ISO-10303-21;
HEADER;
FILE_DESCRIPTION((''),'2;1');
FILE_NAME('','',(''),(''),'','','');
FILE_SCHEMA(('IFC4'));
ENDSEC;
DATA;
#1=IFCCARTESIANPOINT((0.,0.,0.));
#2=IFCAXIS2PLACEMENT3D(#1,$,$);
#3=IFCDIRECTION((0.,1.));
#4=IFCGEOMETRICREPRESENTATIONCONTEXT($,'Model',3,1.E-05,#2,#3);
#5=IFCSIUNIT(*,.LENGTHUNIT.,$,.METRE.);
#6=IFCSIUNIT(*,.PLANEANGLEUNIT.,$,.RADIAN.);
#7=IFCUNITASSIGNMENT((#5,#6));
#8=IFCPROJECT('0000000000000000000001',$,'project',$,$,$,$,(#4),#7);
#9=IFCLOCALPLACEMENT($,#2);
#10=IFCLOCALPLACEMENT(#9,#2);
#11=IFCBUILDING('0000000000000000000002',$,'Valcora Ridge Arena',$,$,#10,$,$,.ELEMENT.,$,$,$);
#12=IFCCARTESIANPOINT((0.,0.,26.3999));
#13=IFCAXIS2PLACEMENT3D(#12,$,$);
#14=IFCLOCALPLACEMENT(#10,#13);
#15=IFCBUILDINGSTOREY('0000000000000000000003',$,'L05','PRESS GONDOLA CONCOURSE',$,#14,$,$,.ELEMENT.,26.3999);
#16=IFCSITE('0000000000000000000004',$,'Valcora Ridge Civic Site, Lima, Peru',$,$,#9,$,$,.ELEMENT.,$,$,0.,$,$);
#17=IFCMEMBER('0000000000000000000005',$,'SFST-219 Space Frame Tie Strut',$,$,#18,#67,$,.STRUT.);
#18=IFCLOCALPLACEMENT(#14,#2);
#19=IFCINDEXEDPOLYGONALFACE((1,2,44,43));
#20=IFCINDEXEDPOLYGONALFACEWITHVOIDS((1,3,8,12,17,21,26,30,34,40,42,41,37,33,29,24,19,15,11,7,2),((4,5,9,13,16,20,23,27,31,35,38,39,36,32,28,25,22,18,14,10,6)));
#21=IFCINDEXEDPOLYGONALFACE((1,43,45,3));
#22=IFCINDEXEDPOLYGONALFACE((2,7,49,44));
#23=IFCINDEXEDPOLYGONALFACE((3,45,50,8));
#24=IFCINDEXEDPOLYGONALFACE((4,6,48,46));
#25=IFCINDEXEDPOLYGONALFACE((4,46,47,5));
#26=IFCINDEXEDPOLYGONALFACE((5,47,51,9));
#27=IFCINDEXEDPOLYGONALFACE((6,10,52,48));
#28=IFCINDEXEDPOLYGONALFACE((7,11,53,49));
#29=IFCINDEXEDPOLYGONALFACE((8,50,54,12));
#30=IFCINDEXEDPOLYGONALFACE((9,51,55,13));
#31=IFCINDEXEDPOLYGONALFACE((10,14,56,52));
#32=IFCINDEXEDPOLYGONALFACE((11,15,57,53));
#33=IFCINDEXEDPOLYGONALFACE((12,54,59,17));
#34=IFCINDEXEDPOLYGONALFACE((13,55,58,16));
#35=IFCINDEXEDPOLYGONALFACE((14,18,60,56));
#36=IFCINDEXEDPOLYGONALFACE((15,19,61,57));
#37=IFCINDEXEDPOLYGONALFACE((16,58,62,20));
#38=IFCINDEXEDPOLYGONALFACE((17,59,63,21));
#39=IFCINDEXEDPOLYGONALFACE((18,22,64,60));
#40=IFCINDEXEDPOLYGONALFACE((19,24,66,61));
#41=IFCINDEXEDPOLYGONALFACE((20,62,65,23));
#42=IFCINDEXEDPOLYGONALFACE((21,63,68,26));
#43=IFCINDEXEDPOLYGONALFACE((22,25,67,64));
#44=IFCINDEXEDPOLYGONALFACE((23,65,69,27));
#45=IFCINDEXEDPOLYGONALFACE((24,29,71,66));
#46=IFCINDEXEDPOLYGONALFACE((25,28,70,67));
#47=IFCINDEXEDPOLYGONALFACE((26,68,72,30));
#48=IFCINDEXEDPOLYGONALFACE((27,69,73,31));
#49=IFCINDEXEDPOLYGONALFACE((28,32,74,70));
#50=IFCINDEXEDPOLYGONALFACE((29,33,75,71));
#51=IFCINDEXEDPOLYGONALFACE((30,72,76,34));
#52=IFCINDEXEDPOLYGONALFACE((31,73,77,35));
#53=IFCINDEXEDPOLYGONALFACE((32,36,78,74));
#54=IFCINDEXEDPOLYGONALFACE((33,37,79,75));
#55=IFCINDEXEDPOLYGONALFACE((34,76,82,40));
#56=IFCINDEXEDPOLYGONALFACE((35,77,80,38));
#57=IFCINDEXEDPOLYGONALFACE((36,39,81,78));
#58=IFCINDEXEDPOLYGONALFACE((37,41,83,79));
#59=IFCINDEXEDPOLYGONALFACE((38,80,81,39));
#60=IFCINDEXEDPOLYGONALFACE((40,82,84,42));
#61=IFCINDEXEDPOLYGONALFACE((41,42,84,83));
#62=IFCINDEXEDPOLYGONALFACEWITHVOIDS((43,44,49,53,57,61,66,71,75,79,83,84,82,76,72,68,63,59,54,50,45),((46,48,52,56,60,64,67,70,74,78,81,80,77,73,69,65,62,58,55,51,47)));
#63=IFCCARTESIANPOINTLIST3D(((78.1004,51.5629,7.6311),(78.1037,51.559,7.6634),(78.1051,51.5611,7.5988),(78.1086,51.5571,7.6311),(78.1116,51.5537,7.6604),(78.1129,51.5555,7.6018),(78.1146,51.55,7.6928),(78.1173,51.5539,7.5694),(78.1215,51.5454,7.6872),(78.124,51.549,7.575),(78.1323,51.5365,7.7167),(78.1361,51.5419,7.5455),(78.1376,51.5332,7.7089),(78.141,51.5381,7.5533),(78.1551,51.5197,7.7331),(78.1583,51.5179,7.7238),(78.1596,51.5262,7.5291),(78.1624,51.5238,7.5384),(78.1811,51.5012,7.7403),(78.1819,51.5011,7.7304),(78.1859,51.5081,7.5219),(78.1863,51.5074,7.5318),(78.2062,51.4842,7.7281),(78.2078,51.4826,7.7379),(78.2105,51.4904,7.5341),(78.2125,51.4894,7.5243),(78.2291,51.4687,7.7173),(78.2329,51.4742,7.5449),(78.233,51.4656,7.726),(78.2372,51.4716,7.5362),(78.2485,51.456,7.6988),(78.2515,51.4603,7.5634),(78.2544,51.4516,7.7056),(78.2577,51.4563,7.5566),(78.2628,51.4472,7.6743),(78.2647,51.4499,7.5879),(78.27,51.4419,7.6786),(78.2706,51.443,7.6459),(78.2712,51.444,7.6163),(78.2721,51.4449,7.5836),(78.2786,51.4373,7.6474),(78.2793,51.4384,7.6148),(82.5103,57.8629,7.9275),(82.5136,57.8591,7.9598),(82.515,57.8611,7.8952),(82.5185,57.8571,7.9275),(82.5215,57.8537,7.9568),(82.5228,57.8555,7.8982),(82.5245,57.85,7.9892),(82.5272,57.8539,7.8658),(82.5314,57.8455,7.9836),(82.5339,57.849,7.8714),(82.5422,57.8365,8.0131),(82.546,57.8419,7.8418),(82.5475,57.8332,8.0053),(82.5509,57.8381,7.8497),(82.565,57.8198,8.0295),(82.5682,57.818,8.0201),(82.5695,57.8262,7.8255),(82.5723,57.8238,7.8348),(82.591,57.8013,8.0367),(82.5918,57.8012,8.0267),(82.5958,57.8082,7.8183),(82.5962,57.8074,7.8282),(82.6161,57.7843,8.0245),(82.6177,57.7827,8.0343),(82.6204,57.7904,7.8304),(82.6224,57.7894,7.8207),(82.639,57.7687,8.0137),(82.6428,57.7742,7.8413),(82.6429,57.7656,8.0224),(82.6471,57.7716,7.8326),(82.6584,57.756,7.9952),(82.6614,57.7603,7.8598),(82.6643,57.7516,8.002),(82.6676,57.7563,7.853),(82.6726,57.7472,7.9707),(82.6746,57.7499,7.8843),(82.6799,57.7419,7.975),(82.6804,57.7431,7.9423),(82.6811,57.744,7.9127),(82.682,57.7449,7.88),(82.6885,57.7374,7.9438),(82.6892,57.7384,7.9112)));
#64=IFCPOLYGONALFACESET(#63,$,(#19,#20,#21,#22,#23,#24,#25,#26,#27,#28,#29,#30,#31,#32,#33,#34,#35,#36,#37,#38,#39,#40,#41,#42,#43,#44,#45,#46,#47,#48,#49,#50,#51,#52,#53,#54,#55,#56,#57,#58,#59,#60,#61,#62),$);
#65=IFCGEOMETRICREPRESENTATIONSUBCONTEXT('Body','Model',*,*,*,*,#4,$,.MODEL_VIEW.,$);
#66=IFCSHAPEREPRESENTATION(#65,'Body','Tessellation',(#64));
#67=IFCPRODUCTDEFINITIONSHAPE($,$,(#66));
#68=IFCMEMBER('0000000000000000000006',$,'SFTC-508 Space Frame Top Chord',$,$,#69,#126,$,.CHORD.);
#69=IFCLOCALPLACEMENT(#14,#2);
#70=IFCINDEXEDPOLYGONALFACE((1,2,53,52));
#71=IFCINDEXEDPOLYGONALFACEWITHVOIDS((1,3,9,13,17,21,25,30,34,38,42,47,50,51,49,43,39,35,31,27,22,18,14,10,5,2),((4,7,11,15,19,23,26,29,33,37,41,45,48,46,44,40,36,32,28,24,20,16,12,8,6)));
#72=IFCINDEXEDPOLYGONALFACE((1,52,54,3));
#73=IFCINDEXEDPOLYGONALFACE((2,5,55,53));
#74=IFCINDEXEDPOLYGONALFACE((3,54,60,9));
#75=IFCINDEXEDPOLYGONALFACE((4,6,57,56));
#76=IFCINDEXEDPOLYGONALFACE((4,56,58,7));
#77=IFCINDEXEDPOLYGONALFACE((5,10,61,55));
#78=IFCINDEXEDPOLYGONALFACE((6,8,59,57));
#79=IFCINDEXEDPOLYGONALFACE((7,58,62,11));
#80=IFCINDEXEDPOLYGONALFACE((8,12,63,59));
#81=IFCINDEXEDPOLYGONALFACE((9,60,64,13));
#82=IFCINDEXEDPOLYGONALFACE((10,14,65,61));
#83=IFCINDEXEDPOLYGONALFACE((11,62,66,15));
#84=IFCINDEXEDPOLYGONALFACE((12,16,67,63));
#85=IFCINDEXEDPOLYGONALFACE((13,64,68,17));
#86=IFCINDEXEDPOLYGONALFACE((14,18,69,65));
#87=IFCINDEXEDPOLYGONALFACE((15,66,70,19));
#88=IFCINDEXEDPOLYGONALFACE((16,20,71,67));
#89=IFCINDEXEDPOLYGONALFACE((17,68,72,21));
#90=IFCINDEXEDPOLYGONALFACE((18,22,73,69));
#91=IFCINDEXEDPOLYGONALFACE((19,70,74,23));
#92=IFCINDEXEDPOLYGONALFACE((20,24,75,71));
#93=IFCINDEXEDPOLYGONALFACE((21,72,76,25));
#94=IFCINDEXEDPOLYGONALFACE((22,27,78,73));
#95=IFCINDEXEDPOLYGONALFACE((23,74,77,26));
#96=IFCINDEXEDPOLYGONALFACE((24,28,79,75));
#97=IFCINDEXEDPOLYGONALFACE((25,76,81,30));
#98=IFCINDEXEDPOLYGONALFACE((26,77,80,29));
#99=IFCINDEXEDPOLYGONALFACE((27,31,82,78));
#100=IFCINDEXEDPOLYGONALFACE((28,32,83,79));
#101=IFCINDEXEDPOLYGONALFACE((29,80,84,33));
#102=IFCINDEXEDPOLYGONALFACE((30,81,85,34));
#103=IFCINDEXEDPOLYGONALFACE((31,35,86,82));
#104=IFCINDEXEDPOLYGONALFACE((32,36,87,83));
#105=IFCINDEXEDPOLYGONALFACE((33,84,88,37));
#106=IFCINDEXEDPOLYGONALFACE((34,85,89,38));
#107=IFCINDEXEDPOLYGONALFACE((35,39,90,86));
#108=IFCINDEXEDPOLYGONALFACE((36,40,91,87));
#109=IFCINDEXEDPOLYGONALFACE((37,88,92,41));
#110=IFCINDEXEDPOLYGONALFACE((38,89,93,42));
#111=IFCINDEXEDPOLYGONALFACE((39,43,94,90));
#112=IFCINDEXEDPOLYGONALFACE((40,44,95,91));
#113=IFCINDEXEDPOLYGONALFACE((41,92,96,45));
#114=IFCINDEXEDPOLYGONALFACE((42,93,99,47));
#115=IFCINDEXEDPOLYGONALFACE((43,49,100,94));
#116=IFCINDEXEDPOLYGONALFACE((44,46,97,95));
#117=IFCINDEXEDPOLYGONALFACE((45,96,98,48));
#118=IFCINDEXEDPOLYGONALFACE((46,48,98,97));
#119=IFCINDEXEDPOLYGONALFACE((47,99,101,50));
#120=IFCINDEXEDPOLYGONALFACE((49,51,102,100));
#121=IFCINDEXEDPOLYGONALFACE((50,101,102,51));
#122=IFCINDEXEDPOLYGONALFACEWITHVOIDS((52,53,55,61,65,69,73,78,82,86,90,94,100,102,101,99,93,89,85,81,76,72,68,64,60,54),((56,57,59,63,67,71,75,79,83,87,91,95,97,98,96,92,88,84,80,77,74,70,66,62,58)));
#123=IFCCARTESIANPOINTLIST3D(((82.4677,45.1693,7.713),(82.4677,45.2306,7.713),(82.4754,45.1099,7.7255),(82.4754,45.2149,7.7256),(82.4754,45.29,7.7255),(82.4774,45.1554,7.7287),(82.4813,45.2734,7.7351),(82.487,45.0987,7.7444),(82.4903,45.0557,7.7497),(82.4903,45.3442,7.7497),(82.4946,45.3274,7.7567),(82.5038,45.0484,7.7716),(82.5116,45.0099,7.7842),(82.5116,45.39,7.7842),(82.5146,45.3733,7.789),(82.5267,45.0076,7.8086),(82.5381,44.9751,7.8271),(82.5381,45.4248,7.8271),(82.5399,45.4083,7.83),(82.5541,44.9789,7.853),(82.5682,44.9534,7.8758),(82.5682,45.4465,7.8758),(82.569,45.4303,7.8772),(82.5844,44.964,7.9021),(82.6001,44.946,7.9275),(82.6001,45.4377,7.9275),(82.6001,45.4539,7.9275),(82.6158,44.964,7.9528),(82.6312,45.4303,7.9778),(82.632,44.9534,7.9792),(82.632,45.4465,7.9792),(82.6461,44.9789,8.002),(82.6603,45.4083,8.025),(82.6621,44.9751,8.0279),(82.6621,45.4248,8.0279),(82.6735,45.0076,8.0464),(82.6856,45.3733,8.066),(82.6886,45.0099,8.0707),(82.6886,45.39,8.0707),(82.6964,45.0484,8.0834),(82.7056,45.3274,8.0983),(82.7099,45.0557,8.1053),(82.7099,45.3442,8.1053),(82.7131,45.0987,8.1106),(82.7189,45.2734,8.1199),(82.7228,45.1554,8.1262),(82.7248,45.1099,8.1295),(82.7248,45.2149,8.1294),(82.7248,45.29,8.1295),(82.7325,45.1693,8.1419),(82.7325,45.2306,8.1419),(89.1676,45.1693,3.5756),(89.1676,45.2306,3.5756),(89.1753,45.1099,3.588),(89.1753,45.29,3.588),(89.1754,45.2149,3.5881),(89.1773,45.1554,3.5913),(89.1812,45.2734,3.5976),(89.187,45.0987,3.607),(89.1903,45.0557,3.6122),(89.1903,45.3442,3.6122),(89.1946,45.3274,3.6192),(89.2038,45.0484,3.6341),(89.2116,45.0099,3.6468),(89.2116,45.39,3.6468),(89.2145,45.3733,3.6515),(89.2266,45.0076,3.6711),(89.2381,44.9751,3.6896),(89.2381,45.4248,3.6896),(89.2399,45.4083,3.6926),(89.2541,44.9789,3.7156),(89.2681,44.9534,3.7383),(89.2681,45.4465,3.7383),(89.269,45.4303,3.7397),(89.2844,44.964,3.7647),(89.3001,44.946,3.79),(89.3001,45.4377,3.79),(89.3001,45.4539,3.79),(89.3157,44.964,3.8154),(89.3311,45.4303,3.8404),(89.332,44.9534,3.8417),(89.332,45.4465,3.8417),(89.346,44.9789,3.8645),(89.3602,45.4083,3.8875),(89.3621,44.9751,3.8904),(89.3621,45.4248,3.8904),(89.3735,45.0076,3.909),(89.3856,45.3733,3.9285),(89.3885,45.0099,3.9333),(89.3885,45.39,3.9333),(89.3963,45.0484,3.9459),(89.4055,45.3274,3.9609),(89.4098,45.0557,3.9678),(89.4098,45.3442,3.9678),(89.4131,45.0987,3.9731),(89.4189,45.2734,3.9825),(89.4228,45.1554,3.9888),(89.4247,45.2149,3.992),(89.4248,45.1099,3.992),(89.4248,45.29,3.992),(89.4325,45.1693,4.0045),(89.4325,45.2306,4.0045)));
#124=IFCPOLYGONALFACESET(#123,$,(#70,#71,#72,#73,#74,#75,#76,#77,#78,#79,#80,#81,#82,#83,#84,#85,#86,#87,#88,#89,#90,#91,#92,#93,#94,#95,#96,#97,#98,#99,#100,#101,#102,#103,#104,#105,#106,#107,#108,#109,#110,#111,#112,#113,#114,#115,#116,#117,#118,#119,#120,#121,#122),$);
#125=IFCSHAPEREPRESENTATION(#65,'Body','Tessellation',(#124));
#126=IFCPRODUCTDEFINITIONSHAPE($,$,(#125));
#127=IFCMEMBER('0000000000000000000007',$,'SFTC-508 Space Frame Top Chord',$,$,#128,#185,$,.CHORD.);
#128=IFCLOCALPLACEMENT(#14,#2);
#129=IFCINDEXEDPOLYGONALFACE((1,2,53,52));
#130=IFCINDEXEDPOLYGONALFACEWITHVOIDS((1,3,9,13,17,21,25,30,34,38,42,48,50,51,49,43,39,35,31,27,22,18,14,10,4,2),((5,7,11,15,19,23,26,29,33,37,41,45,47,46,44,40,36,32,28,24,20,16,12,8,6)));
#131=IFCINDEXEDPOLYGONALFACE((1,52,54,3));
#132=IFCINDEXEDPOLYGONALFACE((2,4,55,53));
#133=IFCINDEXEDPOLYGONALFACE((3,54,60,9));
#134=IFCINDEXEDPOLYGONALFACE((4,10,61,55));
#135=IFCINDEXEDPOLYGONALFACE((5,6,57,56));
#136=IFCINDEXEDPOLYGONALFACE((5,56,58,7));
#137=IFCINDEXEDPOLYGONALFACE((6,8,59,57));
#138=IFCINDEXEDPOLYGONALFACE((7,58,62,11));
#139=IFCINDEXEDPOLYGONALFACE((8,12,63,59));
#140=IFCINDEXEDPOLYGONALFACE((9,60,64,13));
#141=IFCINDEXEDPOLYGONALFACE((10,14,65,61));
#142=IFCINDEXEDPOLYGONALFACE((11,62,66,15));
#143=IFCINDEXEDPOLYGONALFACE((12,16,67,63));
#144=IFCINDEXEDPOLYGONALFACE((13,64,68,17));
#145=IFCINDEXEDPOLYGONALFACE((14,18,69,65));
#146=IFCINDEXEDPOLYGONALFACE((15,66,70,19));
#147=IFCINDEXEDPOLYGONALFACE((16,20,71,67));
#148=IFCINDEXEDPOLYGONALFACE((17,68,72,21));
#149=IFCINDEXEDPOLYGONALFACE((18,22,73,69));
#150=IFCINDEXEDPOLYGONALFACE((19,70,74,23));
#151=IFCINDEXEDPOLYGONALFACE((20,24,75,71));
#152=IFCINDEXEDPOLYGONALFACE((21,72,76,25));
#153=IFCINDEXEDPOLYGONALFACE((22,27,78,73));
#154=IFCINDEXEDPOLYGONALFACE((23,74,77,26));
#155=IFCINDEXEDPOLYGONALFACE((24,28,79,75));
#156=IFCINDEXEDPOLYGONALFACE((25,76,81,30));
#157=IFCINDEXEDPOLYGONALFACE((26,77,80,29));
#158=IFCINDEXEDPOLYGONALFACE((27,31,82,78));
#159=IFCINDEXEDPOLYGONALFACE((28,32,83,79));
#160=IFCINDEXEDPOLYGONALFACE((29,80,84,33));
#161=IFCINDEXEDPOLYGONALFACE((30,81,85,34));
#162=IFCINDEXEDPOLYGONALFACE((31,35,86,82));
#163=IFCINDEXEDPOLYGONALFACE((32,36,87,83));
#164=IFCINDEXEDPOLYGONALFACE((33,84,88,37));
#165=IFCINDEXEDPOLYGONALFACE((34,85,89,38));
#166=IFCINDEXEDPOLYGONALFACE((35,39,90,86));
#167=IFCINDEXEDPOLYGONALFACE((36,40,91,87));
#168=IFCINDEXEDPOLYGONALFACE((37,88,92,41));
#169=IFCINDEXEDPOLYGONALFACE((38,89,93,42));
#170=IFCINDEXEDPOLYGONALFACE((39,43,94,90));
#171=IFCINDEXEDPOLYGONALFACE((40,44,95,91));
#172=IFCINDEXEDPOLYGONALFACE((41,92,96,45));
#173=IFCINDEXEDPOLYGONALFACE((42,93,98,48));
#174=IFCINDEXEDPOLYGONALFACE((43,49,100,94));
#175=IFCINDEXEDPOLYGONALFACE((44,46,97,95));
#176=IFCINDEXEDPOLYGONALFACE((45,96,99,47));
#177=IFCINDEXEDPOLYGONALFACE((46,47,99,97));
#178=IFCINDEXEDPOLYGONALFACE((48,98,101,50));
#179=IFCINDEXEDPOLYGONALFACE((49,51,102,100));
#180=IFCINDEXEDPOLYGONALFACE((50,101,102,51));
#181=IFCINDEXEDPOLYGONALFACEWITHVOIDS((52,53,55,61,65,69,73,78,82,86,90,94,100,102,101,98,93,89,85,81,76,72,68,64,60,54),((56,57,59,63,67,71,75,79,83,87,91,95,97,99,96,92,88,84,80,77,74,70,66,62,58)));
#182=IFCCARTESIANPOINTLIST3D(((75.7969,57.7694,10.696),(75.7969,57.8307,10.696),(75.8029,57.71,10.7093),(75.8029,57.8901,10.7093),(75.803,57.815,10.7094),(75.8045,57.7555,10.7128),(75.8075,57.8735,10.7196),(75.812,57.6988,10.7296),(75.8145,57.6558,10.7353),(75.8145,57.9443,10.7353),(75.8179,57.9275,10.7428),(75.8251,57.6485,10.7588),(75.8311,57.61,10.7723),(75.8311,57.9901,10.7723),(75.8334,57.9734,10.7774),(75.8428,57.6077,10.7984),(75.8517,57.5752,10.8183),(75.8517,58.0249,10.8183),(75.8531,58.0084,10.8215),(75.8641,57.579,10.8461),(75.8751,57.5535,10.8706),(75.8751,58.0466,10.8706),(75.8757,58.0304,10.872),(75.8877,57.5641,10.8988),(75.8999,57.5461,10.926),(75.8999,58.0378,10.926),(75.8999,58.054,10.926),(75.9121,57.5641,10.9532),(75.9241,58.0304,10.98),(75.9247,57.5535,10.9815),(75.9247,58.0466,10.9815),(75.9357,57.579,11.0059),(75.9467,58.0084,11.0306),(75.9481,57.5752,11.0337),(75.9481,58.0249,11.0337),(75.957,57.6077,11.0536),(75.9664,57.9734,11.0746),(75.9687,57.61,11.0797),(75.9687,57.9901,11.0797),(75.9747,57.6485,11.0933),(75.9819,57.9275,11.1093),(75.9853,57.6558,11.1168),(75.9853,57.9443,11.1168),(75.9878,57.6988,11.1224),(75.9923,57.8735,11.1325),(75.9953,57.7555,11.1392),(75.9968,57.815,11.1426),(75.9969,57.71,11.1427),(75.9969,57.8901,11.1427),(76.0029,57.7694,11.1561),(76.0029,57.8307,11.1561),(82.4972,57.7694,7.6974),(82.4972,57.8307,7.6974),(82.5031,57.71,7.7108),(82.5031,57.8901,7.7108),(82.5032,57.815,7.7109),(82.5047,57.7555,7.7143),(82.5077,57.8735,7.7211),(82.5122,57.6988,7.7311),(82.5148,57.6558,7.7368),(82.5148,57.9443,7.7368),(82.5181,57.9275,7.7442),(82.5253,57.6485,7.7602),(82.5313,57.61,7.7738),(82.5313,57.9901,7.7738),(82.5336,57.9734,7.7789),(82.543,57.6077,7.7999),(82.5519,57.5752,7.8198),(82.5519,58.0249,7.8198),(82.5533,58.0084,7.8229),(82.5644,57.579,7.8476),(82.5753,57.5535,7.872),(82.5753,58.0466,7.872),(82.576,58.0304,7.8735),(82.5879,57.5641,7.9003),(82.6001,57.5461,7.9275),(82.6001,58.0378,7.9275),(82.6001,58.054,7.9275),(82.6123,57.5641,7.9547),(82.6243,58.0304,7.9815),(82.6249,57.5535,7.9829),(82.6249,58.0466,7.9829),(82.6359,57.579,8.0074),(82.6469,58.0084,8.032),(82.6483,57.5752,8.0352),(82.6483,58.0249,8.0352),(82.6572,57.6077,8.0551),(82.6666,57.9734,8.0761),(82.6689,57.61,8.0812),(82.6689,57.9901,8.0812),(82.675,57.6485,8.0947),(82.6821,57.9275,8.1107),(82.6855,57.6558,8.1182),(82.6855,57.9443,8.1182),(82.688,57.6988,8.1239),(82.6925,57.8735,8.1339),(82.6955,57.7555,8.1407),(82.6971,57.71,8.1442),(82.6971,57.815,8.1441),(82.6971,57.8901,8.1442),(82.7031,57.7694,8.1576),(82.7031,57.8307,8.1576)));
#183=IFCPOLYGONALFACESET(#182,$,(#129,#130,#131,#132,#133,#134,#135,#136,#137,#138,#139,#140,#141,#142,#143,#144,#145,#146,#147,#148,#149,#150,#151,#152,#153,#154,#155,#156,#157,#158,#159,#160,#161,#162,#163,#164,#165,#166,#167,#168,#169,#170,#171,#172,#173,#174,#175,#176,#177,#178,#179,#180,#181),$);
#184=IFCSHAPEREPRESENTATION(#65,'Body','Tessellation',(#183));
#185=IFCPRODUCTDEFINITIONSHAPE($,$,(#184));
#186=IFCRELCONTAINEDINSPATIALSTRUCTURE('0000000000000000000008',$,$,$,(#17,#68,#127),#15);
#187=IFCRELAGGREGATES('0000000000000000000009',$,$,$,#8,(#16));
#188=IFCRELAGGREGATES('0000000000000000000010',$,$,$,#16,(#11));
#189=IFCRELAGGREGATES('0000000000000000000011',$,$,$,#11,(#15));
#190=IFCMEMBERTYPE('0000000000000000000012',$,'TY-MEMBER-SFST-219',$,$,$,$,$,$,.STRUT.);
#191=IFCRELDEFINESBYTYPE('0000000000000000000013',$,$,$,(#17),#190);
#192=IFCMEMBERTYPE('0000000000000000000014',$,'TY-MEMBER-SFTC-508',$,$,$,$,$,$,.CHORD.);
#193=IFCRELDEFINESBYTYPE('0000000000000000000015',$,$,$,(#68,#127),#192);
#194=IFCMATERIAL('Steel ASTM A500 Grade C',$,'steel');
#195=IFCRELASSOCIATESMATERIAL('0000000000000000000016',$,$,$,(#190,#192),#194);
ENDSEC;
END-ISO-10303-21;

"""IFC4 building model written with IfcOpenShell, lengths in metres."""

from ifc_helpers import new_model, si_unit, direction, frame, origin, origin_2d, place, context, subcontext, project, spatial, hollow_circle, extrude, material, material_profile, profile_set, type_object, element, save


model = new_model("IFC4")

# Units and contexts
model_context = context("Model", 3, precision=1e-05, world=origin(), true_north=direction((0.0, 1.0)))
body_context = subcontext(model_context, "Body", "Model", "MODEL_VIEW")
ifc_project = project(units=[si_unit("LENGTHUNIT", "METRE"), si_unit("PLANEANGLEUNIT", "RADIAN")], contexts=[model_context])

# Site, building, storey
site_placement = place(None, origin())
site = spatial("IfcSite", under=ifc_project, at=site_placement, Name="Valcora Ridge Civic Site, Lima, Peru", CompositionType="ELEMENT", RefElevation=0.0)
building_placement = place(site_placement, origin())
building = spatial("IfcBuilding", under=site, at=building_placement, Name="Valcora Ridge Arena", CompositionType="ELEMENT")
storey_placement = place(building_placement, frame((0.0, 0.0, 26.3999)))
storey = spatial("IfcBuildingStorey", under=building, at=storey_placement, Name="L05", Description="PRESS GONDOLA CONCOURSE", CompositionType="ELEMENT", Elevation=26.3999)

# Members
ifc_material_1 = material(Name="Steel ASTM A500 Grade C", Category="steel")
ifc_material_profile_1 = material_profile(ifc_material_1, hollow_circle(Radius=0.1096, WallThickness=0.01, at=origin_2d()), Name="CHS219X10")
ifc_profile_set_1 = profile_set([ifc_material_profile_1], Name="Steel ASTM A500 Grade C")
member_type_1 = type_object("IfcMemberType", Name="TY-MEMBER-SFST-219", PredefinedType="STRUT", material=ifc_profile_set_1)
member_1_placement = place(storey_placement, frame((78.1902, 51.5, 7.6311), z_axis=(0.573026, 0.818632, 0.038513), x_axis=(-0.819239, 0.573452, 0.0)))
element("IfcMember", 1, at=member_1_placement, inside=storey, type_object=member_type_1, Name="SFST-219 Space Frame Tie Strut", PredefinedType="STRUT", context=body_context, shape_type="SweptSolid", body=[
    extrude(hollow_circle(Radius=0.1096, WallThickness=0.01, at=origin_2d()), origin(), (0.0, 0.0, 1.0), 7.6958),
])
ifc_material_profile_2 = material_profile(ifc_material_1, hollow_circle(Radius=0.2539, WallThickness=0.0161, at=origin_2d()), Name="CHS508X16")
ifc_profile_set_2 = profile_set([ifc_material_profile_2], Name="Steel ASTM A500 Grade C")
member_type_2 = type_object("IfcMemberType", Name="TY-MEMBER-SFTC-508", PredefinedType="CHORD", material=ifc_profile_set_2)
member_2_placement = place(storey_placement, frame((82.6001, 45.2, 7.9275), z_axis=(0.850841, 0.0, -0.525424), x_axis=(0.0, 1.0, 0.0)))
element("IfcMember", 2, at=member_2_placement, inside=storey, type_object=member_type_2, Name="SFTC-508 Space Frame Top Chord", PredefinedType="CHORD", context=body_context, shape_type="SweptSolid", body=[
    extrude(hollow_circle(Radius=0.2539, WallThickness=0.0161, at=origin_2d()), origin(), (0.0, 0.0, 1.0), 7.8745),
])
member_3_placement = place(storey_placement, frame((75.8999, 57.8, 10.926), z_axis=(0.912763, 0.0, -0.408489), x_axis=(0.0, 1.0, 0.0)))
element("IfcMember", 3, at=member_3_placement, inside=storey, type_object=member_type_2, Name="SFTC-508 Space Frame Top Chord", PredefinedType="CHORD", context=body_context, shape_type="SweptSolid", body=[
    extrude(hollow_circle(Radius=0.2539, WallThickness=0.0161, at=origin_2d()), origin(), (0.0, 0.0, 1.0), 7.3406),
])

save(model, "model.ifc")
